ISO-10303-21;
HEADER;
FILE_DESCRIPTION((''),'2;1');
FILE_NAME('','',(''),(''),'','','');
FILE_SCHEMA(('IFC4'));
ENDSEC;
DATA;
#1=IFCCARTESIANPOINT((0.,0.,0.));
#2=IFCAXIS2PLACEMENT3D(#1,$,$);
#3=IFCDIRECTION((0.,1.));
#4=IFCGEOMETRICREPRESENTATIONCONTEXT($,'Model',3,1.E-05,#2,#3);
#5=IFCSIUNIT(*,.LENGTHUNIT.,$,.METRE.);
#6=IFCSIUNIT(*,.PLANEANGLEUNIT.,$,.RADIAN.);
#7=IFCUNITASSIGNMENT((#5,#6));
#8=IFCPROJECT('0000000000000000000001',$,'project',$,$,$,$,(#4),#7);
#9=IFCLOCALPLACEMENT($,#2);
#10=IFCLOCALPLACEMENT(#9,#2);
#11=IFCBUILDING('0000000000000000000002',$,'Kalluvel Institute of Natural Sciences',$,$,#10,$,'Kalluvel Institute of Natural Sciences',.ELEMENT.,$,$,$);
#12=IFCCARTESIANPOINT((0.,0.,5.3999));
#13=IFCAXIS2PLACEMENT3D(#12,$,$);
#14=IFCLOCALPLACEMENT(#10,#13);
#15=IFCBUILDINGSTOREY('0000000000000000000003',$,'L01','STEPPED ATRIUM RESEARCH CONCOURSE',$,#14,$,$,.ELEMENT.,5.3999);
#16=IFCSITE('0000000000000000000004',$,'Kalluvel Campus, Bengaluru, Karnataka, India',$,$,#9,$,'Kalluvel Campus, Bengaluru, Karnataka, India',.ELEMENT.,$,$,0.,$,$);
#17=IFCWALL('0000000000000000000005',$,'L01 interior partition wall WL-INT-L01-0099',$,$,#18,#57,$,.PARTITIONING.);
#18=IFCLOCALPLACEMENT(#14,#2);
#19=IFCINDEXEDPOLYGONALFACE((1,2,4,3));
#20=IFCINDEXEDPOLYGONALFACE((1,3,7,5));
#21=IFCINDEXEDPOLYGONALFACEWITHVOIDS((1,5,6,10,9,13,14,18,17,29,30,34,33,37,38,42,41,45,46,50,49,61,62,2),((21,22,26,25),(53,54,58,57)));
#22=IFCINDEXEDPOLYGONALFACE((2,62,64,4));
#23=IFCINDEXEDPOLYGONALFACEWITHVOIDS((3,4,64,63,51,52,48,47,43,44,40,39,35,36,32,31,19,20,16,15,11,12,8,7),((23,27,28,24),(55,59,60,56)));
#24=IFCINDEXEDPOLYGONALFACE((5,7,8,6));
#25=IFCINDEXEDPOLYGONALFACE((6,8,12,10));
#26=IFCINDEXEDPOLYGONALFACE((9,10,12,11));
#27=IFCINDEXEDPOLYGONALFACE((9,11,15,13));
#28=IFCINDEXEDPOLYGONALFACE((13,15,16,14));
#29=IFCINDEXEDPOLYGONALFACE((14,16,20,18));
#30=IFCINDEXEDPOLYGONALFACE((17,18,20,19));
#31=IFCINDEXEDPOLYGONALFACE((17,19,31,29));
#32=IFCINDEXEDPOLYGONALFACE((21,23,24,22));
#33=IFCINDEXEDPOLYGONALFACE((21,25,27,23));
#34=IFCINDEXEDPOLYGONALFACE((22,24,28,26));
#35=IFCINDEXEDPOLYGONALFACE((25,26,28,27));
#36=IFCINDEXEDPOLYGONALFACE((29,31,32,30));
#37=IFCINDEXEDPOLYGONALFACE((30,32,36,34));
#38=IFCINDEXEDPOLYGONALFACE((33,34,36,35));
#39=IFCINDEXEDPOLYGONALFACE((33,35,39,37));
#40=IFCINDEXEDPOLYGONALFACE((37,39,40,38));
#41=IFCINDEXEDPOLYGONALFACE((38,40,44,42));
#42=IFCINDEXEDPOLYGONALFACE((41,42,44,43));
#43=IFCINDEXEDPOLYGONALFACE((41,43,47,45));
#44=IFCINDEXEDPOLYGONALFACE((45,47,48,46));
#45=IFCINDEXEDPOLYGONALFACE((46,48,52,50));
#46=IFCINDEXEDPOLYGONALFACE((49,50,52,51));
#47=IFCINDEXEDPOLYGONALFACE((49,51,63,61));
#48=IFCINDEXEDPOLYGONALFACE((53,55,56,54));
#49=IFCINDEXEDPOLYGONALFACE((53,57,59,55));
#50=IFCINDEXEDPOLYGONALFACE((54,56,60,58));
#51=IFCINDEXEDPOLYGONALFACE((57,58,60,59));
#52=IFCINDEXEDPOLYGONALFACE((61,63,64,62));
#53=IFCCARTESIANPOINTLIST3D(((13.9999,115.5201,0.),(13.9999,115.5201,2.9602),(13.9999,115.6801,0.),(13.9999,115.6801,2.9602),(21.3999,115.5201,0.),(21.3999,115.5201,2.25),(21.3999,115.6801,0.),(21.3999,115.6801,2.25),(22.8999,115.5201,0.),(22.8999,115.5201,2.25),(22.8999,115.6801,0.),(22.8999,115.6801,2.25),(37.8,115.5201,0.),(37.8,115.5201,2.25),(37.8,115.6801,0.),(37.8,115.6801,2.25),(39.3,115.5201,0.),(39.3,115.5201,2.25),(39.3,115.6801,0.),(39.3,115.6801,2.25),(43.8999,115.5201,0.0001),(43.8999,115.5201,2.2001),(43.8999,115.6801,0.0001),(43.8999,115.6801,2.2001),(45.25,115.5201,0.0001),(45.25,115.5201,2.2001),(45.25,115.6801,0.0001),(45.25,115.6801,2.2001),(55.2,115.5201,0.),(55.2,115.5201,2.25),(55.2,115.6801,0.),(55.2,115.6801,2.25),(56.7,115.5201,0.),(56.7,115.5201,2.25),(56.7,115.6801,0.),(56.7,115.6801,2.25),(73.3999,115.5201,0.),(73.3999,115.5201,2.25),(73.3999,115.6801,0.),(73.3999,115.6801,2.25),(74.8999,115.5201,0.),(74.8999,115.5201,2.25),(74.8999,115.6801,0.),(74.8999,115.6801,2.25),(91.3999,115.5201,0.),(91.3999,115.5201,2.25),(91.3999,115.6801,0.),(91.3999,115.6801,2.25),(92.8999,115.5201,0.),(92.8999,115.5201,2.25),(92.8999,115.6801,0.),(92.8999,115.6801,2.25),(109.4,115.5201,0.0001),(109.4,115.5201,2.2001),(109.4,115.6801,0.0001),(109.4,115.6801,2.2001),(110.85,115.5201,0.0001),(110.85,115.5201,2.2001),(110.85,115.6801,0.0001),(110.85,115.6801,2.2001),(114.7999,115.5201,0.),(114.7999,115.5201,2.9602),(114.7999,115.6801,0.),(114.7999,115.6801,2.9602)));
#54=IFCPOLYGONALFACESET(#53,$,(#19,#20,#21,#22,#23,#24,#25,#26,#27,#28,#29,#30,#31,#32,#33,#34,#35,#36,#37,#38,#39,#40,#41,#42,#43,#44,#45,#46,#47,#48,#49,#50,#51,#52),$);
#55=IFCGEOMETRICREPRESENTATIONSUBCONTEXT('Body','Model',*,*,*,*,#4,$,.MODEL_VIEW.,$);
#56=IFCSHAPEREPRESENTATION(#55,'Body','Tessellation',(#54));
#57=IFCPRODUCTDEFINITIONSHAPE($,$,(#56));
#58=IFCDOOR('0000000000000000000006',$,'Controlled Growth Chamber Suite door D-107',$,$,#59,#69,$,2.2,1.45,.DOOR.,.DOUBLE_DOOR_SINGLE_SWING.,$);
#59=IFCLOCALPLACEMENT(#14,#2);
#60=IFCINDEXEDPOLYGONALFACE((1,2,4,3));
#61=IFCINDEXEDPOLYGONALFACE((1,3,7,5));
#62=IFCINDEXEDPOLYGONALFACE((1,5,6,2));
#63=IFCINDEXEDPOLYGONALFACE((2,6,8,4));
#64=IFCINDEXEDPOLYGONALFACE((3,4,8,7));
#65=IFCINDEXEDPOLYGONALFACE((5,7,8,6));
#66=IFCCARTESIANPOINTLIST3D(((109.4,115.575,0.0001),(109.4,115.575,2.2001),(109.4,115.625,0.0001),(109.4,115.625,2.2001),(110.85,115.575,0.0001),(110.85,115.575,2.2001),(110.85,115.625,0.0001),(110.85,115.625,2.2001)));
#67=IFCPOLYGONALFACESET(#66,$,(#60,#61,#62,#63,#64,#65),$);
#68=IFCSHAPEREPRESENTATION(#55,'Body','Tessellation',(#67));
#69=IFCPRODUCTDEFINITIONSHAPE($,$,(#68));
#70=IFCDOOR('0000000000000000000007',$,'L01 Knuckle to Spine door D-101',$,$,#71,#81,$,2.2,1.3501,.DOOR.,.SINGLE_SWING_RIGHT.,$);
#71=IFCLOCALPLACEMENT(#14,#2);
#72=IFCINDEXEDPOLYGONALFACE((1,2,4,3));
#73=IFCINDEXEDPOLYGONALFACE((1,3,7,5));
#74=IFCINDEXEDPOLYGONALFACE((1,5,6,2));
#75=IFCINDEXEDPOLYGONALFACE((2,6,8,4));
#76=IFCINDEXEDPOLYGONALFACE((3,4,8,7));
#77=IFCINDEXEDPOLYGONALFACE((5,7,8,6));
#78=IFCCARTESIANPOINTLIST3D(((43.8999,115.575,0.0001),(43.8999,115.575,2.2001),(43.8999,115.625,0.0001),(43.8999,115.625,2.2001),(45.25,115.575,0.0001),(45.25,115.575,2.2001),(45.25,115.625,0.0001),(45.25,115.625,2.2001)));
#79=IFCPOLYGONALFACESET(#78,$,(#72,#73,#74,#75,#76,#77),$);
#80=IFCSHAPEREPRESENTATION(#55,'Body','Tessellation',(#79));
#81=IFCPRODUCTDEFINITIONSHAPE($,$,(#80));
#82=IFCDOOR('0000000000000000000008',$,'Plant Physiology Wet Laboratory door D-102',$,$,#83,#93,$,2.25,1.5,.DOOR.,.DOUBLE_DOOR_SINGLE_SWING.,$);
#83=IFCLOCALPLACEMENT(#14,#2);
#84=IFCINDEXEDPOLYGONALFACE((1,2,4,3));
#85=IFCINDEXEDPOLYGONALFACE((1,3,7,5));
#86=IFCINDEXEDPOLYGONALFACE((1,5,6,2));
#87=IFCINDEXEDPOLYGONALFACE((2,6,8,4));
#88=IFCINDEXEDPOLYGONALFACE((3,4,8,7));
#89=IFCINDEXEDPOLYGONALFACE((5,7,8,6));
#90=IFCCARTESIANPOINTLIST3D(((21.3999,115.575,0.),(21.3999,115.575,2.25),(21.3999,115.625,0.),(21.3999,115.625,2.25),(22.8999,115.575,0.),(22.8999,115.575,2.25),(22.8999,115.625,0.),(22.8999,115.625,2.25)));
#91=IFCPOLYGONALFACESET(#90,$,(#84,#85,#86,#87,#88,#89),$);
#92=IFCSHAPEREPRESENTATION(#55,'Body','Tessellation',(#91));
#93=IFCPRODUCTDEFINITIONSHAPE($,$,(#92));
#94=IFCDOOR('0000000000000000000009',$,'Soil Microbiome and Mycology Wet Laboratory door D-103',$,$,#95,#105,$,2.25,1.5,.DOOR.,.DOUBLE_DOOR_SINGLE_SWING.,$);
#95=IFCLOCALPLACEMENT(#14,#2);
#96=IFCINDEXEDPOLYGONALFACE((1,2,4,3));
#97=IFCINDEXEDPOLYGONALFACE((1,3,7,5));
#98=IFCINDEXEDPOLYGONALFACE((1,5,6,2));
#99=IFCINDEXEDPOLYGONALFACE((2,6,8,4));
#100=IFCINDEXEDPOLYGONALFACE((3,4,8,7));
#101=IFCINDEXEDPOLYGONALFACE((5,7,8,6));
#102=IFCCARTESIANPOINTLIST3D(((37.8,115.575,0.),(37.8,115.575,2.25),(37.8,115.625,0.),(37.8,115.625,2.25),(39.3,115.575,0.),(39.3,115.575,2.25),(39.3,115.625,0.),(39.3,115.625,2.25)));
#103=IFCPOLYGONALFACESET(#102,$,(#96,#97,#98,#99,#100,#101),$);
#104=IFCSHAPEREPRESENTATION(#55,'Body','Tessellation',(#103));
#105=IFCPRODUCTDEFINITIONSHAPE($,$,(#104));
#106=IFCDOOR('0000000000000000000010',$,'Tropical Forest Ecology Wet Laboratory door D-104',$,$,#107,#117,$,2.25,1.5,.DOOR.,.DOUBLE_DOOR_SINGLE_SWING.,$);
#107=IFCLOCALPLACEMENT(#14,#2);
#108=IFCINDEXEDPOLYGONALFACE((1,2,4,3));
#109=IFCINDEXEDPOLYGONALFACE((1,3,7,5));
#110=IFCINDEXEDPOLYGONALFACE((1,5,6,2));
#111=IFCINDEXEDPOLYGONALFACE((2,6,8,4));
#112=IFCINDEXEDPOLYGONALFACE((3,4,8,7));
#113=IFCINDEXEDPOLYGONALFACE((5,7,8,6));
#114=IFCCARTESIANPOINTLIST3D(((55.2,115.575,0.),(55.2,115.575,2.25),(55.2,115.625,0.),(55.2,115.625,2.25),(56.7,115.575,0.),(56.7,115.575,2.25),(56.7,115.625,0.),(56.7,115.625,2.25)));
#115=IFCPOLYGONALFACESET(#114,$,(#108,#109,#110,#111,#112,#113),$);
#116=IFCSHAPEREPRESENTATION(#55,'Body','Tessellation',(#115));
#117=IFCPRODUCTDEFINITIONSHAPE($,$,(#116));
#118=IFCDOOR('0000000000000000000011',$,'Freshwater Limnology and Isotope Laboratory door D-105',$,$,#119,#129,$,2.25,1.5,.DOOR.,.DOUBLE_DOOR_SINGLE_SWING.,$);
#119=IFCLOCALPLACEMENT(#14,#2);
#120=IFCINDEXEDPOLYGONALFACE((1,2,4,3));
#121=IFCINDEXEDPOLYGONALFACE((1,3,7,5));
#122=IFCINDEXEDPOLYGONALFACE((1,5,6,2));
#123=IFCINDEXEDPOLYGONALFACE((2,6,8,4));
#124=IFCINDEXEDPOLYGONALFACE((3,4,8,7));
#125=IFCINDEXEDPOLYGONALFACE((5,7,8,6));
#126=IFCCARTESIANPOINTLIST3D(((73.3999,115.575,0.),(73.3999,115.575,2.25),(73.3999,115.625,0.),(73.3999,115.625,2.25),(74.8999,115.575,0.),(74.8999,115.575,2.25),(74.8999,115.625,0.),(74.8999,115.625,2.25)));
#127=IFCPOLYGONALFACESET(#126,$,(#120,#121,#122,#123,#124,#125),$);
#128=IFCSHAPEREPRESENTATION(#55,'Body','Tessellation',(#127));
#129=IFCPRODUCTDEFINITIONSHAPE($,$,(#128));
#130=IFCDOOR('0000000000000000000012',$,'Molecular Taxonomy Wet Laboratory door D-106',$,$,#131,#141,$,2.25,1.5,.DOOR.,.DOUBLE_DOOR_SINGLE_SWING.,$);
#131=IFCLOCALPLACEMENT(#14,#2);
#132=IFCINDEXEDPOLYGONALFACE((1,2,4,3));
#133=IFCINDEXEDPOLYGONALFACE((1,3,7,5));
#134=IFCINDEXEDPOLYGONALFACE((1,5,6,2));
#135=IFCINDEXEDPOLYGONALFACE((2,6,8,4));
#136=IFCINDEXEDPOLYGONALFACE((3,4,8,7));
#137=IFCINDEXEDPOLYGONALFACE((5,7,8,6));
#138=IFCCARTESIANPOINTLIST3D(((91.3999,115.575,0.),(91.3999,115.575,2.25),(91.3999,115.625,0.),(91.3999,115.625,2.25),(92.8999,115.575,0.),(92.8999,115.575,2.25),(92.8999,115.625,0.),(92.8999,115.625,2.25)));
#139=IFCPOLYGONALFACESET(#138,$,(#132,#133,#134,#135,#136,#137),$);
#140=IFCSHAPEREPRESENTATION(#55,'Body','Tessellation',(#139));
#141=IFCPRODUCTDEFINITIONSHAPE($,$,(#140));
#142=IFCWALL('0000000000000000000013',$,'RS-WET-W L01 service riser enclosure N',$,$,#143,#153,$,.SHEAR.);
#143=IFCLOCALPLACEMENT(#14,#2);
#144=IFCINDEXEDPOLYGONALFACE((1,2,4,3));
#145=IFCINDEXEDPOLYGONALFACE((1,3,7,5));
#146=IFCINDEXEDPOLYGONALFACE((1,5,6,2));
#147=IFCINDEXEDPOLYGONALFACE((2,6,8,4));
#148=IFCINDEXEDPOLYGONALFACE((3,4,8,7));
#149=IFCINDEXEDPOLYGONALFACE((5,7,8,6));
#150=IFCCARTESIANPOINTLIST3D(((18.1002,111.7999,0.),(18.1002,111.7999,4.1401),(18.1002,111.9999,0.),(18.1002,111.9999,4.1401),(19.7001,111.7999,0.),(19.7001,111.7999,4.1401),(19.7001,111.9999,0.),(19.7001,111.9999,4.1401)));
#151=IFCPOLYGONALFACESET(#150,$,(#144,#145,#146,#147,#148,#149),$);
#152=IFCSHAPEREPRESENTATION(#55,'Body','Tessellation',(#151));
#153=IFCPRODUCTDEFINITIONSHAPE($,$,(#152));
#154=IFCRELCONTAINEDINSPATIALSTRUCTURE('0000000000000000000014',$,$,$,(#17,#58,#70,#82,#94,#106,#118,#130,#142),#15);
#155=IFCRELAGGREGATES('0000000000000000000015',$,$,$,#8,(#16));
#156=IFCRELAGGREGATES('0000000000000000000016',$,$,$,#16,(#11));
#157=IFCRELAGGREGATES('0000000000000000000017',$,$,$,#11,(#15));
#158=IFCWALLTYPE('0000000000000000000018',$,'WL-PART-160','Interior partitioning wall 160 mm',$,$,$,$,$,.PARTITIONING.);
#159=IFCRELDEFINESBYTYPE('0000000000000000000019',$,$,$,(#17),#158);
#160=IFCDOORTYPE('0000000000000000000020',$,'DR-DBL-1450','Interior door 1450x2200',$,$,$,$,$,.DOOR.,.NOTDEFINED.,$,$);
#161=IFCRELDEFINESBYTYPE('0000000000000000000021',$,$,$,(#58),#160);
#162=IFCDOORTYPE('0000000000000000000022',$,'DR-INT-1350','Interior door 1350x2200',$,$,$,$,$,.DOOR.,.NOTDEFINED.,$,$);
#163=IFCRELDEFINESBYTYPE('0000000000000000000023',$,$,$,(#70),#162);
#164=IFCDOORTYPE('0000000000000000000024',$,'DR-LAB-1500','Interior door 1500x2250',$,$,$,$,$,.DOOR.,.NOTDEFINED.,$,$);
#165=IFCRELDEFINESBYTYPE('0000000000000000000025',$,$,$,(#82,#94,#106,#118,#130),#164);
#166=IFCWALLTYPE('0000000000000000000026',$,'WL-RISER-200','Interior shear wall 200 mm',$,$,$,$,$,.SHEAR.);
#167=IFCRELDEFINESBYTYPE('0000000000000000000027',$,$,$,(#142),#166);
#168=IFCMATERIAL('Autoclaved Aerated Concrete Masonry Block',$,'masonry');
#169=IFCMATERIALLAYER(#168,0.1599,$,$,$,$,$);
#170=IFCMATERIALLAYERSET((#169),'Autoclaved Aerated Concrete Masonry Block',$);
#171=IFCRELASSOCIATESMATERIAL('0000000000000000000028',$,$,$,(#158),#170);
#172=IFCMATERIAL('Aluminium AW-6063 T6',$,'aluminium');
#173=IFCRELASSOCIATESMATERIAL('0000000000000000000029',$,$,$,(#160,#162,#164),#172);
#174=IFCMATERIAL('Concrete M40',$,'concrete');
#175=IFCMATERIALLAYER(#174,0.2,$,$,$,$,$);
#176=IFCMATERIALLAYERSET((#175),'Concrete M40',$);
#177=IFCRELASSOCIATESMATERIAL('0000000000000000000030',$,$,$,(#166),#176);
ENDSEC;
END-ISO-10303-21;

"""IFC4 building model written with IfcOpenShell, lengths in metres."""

from ifc_helpers import new_model, si_unit, direction, frame, frame_2d, origin, place, context, subcontext, project, spatial, rectangle, extrude, material, layer, layer_set, type_object, element, fill, save


model = new_model("IFC4")

# Units and contexts
model_context = context("Model", 3, precision=1e-05, world=origin(), true_north=direction((0.0, 1.0)))
body_context = subcontext(model_context, "Body", "Model", "MODEL_VIEW")
ifc_project = project(units=[si_unit("LENGTHUNIT", "METRE"), si_unit("PLANEANGLEUNIT", "RADIAN")], contexts=[model_context])

# Site, building, storey
site_placement = place(None, origin())
site = spatial("IfcSite", under=ifc_project, at=site_placement, Name="Kalluvel Campus, Bengaluru, Karnataka, India", LongName="Kalluvel Campus, Bengaluru, Karnataka, India", CompositionType="ELEMENT", RefElevation=0.0)
building_placement = place(site_placement, origin())
building = spatial("IfcBuilding", under=site, at=building_placement, Name="Kalluvel Institute of Natural Sciences", LongName="Kalluvel Institute of Natural Sciences", CompositionType="ELEMENT")
storey_placement = place(building_placement, frame((0.0, 0.0, 5.3999)))
storey = spatial("IfcBuildingStorey", under=building, at=storey_placement, Name="L01", Description="STEPPED ATRIUM RESEARCH CONCOURSE", CompositionType="ELEMENT", Elevation=5.3999)

# Shared definitions
ifc_material_1 = material(Name="Concrete M40", Category="concrete")

# Wall, openings, doors
ifc_material_2 = material(Name="Autoclaved Aerated Concrete Masonry Block", Category="masonry")
ifc_layer_1 = layer(ifc_material_2, 0.1599)
ifc_layer_set_1 = layer_set([ifc_layer_1], Name="Autoclaved Aerated Concrete Masonry Block")
wall_type_1 = type_object("IfcWallType", Name="WL-PART-160", Description="Interior partitioning wall 160 mm", PredefinedType="PARTITIONING", material=ifc_layer_set_1)
wall_1_placement = place(storey_placement, frame((14.0, 115.6001, 0.0), z_axis=(0.0, 0.0, 1.0), x_axis=(1.0, 0.0, 0.0)))
wall_1 = element("IfcWall", 1, at=wall_1_placement, inside=storey, type_object=wall_type_1, Name="L01 interior partition wall WL-INT-L01-0099", PredefinedType="PARTITIONING", context=body_context, shape_type="SweptSolid", body=[
    extrude(rectangle(XDim=100.8, YDim=0.1599, at=frame_2d((50.3999, 0.0))), origin(), (0.0, 0.0, 1.0), 2.9602),
])
opening_1_placement = place(wall_1_placement, frame((29.8999, 0.0, 0.0)))
opening_1 = element("IfcOpeningElement", 2, at=opening_1_placement, cuts=wall_1, PredefinedType="OPENING", context=body_context, shape_type="SweptSolid", body=[
    extrude(rectangle(XDim=1.3501, YDim=2.2, at=frame_2d((0.675, 1.1001))), frame((0.0, 0.0898, 0.0), z_axis=(0.0, -1.0, 0.0), x_axis=(1.0, 0.0, 0.0)), (0.0, 0.0, 1.0), 0.1799),
])
opening_2_placement = place(wall_1_placement, frame((7.3999, 0.0, 0.0)))
opening_2 = element("IfcOpeningElement", 3, at=opening_2_placement, cuts=wall_1, PredefinedType="OPENING", context=body_context, shape_type="SweptSolid", body=[
    extrude(rectangle(XDim=1.5, YDim=2.25, at=frame_2d((0.75, 1.125))), frame((0.0, 0.0898, 0.0), z_axis=(0.0, -1.0, 0.0), x_axis=(1.0, 0.0, 0.0)), (0.0, 0.0, 1.0), 0.1799),
])
opening_3_placement = place(wall_1_placement, frame((23.8, 0.0, 0.0)))
opening_3 = element("IfcOpeningElement", 4, at=opening_3_placement, cuts=wall_1, PredefinedType="OPENING", context=body_context, shape_type="SweptSolid", body=[
    extrude(rectangle(XDim=1.5, YDim=2.25, at=frame_2d((0.75, 1.125))), frame((0.0, 0.0898, 0.0), z_axis=(0.0, -1.0, 0.0), x_axis=(1.0, 0.0, 0.0)), (0.0, 0.0, 1.0), 0.1799),
])
opening_4_placement = place(wall_1_placement, frame((41.2, 0.0, 0.0)))
opening_4 = element("IfcOpeningElement", 5, at=opening_4_placement, cuts=wall_1, PredefinedType="OPENING", context=body_context, shape_type="SweptSolid", body=[
    extrude(rectangle(XDim=1.5, YDim=2.25, at=frame_2d((0.75, 1.125))), frame((0.0, 0.0898, 0.0), z_axis=(0.0, -1.0, 0.0), x_axis=(1.0, 0.0, 0.0)), (0.0, 0.0, 1.0), 0.1799),
])
opening_5_placement = place(wall_1_placement, frame((59.3999, 0.0, 0.0)))
opening_5 = element("IfcOpeningElement", 6, at=opening_5_placement, cuts=wall_1, PredefinedType="OPENING", context=body_context, shape_type="SweptSolid", body=[
    extrude(rectangle(XDim=1.5, YDim=2.25, at=frame_2d((0.75, 1.125))), frame((0.0, 0.0898, 0.0), z_axis=(0.0, -1.0, 0.0), x_axis=(1.0, 0.0, 0.0)), (0.0, 0.0, 1.0), 0.1799),
])
opening_6_placement = place(wall_1_placement, frame((77.3999, 0.0, 0.0)))
opening_6 = element("IfcOpeningElement", 7, at=opening_6_placement, cuts=wall_1, PredefinedType="OPENING", context=body_context, shape_type="SweptSolid", body=[
    extrude(rectangle(XDim=1.5, YDim=2.25, at=frame_2d((0.75, 1.125))), frame((0.0, 0.0898, 0.0), z_axis=(0.0, -1.0, 0.0), x_axis=(1.0, 0.0, 0.0)), (0.0, 0.0, 1.0), 0.1799),
])
opening_7_placement = place(wall_1_placement, frame((95.3999, 0.0, 0.0)))
opening_7 = element("IfcOpeningElement", 8, at=opening_7_placement, cuts=wall_1, PredefinedType="OPENING", context=body_context, shape_type="SweptSolid", body=[
    extrude(rectangle(XDim=1.45, YDim=2.2, at=frame_2d((0.7251, 1.1001))), frame((0.0, 0.0898, 0.0), z_axis=(0.0, -1.0, 0.0), x_axis=(1.0, 0.0, 0.0)), (0.0, 0.0, 1.0), 0.1799),
])
ifc_material_3 = material(Name="Aluminium AW-6063 T6", Category="aluminium")
door_type_1 = type_object("IfcDoorType", Name="DR-DBL-1450", Description="Interior door 1450x2200", OperationType="NOTDEFINED", PredefinedType="DOOR", material=ifc_material_3)
door_1_placement = place(opening_7_placement, origin())
door_1 = element("IfcDoor", 9, at=door_1_placement, inside=storey, type_object=door_type_1, Name="Controlled Growth Chamber Suite door D-107", OperationType="DOUBLE_DOOR_SINGLE_SWING", OverallHeight=2.2, OverallWidth=1.45, PredefinedType="DOOR", context=body_context, shape_type="SweptSolid", body=[
    extrude(rectangle(XDim=1.45, YDim=2.2, at=frame_2d((0.7251, 1.1001))), frame((0.0, 0.0249, 0.0), z_axis=(0.0, -1.0, 0.0), x_axis=(1.0, 0.0, 0.0)), (0.0, 0.0, 1.0), 0.05),
])
fill(opening_7, door_1)
door_type_2 = type_object("IfcDoorType", Name="DR-INT-1350", Description="Interior door 1350x2200", OperationType="NOTDEFINED", PredefinedType="DOOR", material=ifc_material_3)
door_2_placement = place(opening_1_placement, origin())
door_2 = element("IfcDoor", 10, at=door_2_placement, inside=storey, type_object=door_type_2, Name="L01 Knuckle to Spine door D-101", OperationType="SINGLE_SWING_RIGHT", OverallHeight=2.2, OverallWidth=1.3501, PredefinedType="DOOR", context=body_context, shape_type="SweptSolid", body=[
    extrude(rectangle(XDim=1.3501, YDim=2.2, at=frame_2d((0.675, 1.1001))), frame((0.0, 0.0249, 0.0), z_axis=(0.0, -1.0, 0.0), x_axis=(1.0, 0.0, 0.0)), (0.0, 0.0, 1.0), 0.05),
])
fill(opening_1, door_2)
door_type_3 = type_object("IfcDoorType", Name="DR-LAB-1500", Description="Interior door 1500x2250", OperationType="NOTDEFINED", PredefinedType="DOOR", material=ifc_material_3)
door_3_placement = place(opening_2_placement, origin())
door_3 = element("IfcDoor", 11, at=door_3_placement, inside=storey, type_object=door_type_3, Name="Plant Physiology Wet Laboratory door D-102", OperationType="DOUBLE_DOOR_SINGLE_SWING", OverallHeight=2.25, OverallWidth=1.5, PredefinedType="DOOR", context=body_context, shape_type="SweptSolid", body=[
    extrude(rectangle(XDim=1.5, YDim=2.25, at=frame_2d((0.75, 1.125))), frame((0.0, 0.0249, 0.0), z_axis=(0.0, -1.0, 0.0), x_axis=(1.0, 0.0, 0.0)), (0.0, 0.0, 1.0), 0.05),
])
fill(opening_2, door_3)
door_4_placement = place(opening_3_placement, origin())
door_4 = element("IfcDoor", 12, at=door_4_placement, inside=storey, type_object=door_type_3, Name="Soil Microbiome and Mycology Wet Laboratory door D-103", OperationType="DOUBLE_DOOR_SINGLE_SWING", OverallHeight=2.25, OverallWidth=1.5, PredefinedType="DOOR", context=body_context, shape_type="SweptSolid", body=[
    extrude(rectangle(XDim=1.5, YDim=2.25, at=frame_2d((0.75, 1.125))), frame((0.0, 0.0249, 0.0), z_axis=(0.0, -1.0, 0.0), x_axis=(1.0, 0.0, 0.0)), (0.0, 0.0, 1.0), 0.05),
])
fill(opening_3, door_4)
door_5_placement = place(opening_4_placement, origin())
door_5 = element("IfcDoor", 13, at=door_5_placement, inside=storey, type_object=door_type_3, Name="Tropical Forest Ecology Wet Laboratory door D-104", OperationType="DOUBLE_DOOR_SINGLE_SWING", OverallHeight=2.25, OverallWidth=1.5, PredefinedType="DOOR", context=body_context, shape_type="SweptSolid", body=[
    extrude(rectangle(XDim=1.5, YDim=2.25, at=frame_2d((0.75, 1.125))), frame((0.0, 0.0249, 0.0), z_axis=(0.0, -1.0, 0.0), x_axis=(1.0, 0.0, 0.0)), (0.0, 0.0, 1.0), 0.05),
])
fill(opening_4, door_5)
door_6_placement = place(opening_5_placement, origin())
door_6 = element("IfcDoor", 14, at=door_6_placement, inside=storey, type_object=door_type_3, Name="Freshwater Limnology and Isotope Laboratory door D-105", OperationType="DOUBLE_DOOR_SINGLE_SWING", OverallHeight=2.25, OverallWidth=1.5, PredefinedType="DOOR", context=body_context, shape_type="SweptSolid", body=[
    extrude(rectangle(XDim=1.5, YDim=2.25, at=frame_2d((0.75, 1.125))), frame((0.0, 0.0249, 0.0), z_axis=(0.0, -1.0, 0.0), x_axis=(1.0, 0.0, 0.0)), (0.0, 0.0, 1.0), 0.05),
])
fill(opening_5, door_6)
door_7_placement = place(opening_6_placement, origin())
door_7 = element("IfcDoor", 15, at=door_7_placement, inside=storey, type_object=door_type_3, Name="Molecular Taxonomy Wet Laboratory door D-106", OperationType="DOUBLE_DOOR_SINGLE_SWING", OverallHeight=2.25, OverallWidth=1.5, PredefinedType="DOOR", context=body_context, shape_type="SweptSolid", body=[
    extrude(rectangle(XDim=1.5, YDim=2.25, at=frame_2d((0.75, 1.125))), frame((0.0, 0.0249, 0.0), z_axis=(0.0, -1.0, 0.0), x_axis=(1.0, 0.0, 0.0)), (0.0, 0.0, 1.0), 0.05),
])
fill(opening_6, door_7)

# Wall
ifc_layer_2 = layer(ifc_material_1, 0.2)
ifc_layer_set_2 = layer_set([ifc_layer_2], Name="Concrete M40")
wall_type_2 = type_object("IfcWallType", Name="WL-RISER-200", Description="Interior shear wall 200 mm", PredefinedType="SHEAR", material=ifc_layer_set_2)
wall_2_placement = place(storey_placement, frame((19.7, 111.8999, 0.0), z_axis=(0.0, 0.0, 1.0), x_axis=(-1.0, 0.0, 0.0)))
element("IfcWall", 16, at=wall_2_placement, inside=storey, type_object=wall_type_2, Name="RS-WET-W L01 service riser enclosure N", PredefinedType="SHEAR", context=body_context, shape_type="SweptSolid", body=[
    extrude(rectangle(XDim=1.5999, YDim=0.2, at=frame_2d((0.7998, 0.0))), origin(), (0.0, 0.0, 1.0), 4.1401),
])

save(model, "model.ifc")
